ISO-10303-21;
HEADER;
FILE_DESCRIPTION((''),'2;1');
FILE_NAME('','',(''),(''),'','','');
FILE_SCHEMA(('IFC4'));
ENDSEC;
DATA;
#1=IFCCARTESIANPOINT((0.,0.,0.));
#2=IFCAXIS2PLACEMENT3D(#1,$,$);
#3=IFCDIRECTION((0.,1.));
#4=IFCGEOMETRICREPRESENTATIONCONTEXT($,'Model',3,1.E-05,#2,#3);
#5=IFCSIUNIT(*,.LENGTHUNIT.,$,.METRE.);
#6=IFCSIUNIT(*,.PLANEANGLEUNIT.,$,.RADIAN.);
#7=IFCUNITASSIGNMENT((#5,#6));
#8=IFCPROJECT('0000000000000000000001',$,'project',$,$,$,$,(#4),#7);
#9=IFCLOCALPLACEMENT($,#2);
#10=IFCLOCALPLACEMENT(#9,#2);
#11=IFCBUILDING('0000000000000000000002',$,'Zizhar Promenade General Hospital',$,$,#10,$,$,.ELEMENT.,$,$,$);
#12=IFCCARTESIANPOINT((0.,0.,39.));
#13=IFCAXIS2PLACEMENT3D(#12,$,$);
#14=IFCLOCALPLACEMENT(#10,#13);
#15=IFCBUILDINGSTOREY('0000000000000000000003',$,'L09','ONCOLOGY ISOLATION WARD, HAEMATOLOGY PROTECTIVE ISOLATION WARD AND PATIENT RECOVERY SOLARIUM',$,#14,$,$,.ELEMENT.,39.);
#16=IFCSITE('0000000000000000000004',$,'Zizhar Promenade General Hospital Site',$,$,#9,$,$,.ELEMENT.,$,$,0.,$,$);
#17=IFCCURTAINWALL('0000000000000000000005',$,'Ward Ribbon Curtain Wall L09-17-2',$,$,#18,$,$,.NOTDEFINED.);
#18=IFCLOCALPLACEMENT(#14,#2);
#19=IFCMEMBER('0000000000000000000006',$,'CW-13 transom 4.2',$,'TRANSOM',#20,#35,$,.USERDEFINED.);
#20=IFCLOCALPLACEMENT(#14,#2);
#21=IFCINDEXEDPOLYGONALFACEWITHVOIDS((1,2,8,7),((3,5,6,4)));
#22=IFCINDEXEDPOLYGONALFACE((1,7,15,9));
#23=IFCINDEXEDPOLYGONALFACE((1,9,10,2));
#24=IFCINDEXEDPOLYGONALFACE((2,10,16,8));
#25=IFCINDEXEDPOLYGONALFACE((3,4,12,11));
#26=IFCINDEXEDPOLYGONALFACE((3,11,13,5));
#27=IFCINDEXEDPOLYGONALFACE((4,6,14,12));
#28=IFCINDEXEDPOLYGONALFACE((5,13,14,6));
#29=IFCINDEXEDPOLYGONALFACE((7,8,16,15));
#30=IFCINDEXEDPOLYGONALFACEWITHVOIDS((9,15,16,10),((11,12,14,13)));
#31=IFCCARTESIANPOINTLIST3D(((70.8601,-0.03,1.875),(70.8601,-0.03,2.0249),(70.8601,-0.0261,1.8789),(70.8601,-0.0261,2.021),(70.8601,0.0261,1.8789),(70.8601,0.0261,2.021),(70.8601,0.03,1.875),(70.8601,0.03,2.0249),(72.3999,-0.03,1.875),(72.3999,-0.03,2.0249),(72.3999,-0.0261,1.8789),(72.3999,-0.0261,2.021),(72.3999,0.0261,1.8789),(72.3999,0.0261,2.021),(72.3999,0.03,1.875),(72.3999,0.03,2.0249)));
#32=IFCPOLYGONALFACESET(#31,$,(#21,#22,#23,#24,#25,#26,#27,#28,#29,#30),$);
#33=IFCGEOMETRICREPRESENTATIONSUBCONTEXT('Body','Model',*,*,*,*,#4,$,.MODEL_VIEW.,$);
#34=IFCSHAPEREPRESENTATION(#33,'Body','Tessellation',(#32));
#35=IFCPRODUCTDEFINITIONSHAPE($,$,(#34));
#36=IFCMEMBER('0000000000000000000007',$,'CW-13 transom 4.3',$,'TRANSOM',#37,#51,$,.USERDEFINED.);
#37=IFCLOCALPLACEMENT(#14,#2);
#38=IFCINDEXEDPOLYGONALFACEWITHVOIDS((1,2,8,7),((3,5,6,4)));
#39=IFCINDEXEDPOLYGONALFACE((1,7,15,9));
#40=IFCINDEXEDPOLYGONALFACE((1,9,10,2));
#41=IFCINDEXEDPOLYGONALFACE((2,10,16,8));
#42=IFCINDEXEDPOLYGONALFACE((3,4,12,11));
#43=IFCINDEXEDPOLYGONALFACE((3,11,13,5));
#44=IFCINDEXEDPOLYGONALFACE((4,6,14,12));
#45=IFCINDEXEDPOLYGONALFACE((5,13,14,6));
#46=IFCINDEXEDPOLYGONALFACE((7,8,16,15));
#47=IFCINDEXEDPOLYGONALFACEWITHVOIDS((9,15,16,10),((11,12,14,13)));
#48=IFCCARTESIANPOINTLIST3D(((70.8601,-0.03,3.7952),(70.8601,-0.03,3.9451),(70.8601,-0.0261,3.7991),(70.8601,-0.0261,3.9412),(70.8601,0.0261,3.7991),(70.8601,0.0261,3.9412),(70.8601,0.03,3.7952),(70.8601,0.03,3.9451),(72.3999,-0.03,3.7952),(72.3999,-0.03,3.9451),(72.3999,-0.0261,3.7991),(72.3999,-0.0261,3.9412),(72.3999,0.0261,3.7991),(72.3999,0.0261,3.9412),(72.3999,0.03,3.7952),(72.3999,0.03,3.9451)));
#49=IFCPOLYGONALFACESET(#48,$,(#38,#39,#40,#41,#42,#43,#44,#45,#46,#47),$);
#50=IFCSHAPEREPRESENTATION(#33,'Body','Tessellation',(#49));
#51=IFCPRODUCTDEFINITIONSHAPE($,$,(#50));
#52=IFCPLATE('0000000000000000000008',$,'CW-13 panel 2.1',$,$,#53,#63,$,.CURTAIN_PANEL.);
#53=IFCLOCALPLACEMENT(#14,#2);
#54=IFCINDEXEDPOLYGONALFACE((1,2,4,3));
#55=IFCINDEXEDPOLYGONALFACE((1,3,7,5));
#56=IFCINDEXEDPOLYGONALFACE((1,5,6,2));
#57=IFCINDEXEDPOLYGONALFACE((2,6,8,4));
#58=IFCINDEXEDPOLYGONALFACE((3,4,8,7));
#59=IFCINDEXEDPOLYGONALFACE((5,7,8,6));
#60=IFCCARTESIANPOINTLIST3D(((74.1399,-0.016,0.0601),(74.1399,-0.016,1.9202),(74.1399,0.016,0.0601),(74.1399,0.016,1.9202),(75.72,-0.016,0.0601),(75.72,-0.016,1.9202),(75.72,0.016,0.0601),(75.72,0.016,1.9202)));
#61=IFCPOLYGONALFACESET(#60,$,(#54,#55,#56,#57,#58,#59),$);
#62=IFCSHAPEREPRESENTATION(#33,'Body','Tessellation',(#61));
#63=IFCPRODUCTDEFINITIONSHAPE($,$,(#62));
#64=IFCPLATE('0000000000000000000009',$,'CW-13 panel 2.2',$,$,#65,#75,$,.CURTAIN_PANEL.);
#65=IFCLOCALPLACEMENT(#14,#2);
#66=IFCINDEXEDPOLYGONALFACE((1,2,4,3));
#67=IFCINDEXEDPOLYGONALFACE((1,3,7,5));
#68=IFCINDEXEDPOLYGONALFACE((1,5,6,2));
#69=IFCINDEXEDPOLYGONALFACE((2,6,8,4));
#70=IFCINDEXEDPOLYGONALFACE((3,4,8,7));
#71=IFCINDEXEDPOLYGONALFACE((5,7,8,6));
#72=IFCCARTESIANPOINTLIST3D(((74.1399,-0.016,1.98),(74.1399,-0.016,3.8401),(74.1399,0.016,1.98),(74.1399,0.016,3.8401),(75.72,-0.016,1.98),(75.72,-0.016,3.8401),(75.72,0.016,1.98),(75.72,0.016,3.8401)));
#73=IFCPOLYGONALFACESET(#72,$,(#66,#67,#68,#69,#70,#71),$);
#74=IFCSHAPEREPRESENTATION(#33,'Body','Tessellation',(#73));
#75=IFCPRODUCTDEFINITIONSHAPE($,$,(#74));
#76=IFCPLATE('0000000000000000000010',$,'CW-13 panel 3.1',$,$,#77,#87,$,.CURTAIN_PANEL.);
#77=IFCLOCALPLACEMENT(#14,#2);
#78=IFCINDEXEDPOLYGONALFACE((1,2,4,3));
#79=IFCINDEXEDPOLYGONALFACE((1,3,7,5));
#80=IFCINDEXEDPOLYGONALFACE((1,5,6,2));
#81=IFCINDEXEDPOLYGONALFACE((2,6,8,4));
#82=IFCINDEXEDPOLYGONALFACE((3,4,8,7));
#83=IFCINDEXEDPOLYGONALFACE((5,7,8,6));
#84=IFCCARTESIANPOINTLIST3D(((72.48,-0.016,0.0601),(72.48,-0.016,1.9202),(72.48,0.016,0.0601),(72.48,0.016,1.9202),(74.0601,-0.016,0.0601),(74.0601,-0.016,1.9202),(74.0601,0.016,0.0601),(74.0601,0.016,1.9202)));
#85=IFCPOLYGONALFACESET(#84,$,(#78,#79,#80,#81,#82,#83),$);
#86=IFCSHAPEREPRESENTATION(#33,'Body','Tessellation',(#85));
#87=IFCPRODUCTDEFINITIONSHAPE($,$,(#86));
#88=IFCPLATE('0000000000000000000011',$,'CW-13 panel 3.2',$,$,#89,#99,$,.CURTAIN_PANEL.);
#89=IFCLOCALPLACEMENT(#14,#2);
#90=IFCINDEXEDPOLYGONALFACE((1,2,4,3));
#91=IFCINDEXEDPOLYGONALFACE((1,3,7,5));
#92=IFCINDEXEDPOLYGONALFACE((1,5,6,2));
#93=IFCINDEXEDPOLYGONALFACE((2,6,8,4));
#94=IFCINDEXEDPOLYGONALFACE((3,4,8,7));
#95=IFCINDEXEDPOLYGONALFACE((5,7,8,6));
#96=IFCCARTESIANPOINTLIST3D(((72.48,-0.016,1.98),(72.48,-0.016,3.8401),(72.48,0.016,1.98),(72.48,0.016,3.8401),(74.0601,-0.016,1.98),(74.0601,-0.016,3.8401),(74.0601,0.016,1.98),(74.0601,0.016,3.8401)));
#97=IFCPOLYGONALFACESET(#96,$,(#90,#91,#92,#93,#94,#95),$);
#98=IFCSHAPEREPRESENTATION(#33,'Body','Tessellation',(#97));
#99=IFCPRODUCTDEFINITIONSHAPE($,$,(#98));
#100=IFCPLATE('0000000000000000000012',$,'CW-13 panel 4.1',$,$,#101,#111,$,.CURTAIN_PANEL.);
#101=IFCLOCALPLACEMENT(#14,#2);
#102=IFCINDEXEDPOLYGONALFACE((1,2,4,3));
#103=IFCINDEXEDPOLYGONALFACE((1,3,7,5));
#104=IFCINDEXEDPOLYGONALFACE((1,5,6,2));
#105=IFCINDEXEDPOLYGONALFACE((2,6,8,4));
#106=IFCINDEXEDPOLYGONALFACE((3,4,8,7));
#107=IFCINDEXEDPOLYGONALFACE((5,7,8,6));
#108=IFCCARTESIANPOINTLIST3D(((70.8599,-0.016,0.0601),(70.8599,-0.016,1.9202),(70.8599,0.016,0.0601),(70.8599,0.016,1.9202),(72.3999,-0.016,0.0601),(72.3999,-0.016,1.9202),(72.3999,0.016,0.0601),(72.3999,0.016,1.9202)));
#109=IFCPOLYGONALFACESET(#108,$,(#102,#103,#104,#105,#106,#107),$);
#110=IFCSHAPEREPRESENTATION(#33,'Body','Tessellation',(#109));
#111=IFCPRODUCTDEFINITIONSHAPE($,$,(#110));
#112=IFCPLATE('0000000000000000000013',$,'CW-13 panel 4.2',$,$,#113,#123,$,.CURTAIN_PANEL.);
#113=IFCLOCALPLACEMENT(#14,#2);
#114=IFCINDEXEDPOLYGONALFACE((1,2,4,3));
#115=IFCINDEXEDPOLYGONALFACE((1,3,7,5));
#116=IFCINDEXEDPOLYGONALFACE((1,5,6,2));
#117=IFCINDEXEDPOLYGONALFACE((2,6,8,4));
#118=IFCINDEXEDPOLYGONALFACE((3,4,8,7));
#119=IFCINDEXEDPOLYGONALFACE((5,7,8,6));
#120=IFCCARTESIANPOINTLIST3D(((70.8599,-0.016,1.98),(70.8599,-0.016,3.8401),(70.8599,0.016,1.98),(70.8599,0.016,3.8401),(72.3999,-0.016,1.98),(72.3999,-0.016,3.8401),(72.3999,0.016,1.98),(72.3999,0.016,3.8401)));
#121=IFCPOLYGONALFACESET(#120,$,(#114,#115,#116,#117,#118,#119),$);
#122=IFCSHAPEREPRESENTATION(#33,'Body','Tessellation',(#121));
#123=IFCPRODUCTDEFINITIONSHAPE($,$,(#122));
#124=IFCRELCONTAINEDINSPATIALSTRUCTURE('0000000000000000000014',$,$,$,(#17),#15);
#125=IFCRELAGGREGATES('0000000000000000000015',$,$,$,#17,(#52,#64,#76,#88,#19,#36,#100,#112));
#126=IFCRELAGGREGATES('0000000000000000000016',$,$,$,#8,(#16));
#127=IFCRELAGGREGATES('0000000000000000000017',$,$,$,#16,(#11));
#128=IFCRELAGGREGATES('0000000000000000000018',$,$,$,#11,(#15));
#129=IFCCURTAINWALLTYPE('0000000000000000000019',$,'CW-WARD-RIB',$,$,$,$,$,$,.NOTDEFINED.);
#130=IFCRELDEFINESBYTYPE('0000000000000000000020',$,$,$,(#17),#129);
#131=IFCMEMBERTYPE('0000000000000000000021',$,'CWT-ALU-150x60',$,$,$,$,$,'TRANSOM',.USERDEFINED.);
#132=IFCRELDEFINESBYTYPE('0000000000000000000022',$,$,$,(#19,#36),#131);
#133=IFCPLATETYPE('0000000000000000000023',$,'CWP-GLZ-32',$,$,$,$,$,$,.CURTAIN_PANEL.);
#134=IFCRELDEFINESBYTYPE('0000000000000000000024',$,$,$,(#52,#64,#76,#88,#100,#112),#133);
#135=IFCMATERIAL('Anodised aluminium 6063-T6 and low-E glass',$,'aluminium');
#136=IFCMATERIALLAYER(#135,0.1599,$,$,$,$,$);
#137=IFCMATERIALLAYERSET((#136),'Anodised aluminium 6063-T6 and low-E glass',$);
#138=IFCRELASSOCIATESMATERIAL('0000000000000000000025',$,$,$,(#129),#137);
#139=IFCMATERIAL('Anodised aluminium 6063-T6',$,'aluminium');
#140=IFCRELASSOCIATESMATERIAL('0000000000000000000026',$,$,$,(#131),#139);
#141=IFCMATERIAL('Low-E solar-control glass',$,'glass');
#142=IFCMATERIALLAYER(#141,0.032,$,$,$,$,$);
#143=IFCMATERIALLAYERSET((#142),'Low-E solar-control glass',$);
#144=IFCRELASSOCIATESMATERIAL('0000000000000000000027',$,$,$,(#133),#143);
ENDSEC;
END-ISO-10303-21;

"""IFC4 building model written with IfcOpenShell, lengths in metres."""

from ifc_helpers import new_model, si_unit, direction, frame, origin, origin_2d, place, context, subcontext, project, spatial, rectangle, hollow_rectangle, extrude, material, layer, layer_set, material_profile, profile_set, type_object, element, aggregate, save


model = new_model("IFC4")

# Units and contexts
model_context = context("Model", 3, precision=1e-05, world=origin(), true_north=direction((0.0, 1.0)))
body_context = subcontext(model_context, "Body", "Model", "MODEL_VIEW")
ifc_project = project(units=[si_unit("LENGTHUNIT", "METRE"), si_unit("PLANEANGLEUNIT", "RADIAN")], contexts=[model_context])

# Site, building, storey
site_placement = place(None, origin())
site = spatial("IfcSite", under=ifc_project, at=site_placement, Name="Zizhar Promenade General Hospital Site", CompositionType="ELEMENT", RefElevation=0.0)
building_placement = place(site_placement, origin())
building = spatial("IfcBuilding", under=site, at=building_placement, Name="Zizhar Promenade General Hospital", CompositionType="ELEMENT")
storey_placement = place(building_placement, frame((0.0, 0.0, 39.0)))
storey = spatial("IfcBuildingStorey", under=building, at=storey_placement, Name="L09", Description="ONCOLOGY ISOLATION WARD, HAEMATOLOGY PROTECTIVE ISOLATION WARD AND PATIENT RECOVERY SOLARIUM", CompositionType="ELEMENT", Elevation=39.0)

# Curtain wall, members, plates
ifc_material_1 = material(Name="Anodised aluminium 6063-T6 and low-E glass", Category="aluminium")
ifc_layer_1 = layer(ifc_material_1, 0.1599)
ifc_layer_set_1 = layer_set([ifc_layer_1], Name="Anodised aluminium 6063-T6 and low-E glass")
curtain_wall_type = type_object("IfcCurtainWallType", Name="CW-WARD-RIB", PredefinedType="NOTDEFINED", material=ifc_layer_set_1)
curtain_wall_placement = place(storey_placement, origin())
curtain_wall = element("IfcCurtainWall", 1, at=curtain_wall_placement, inside=storey, type_object=curtain_wall_type, Name="Ward Ribbon Curtain Wall L09-17-2", PredefinedType="NOTDEFINED")
ifc_material_2 = material(Name="Anodised aluminium 6063-T6", Category="aluminium")
ifc_material_profile_1 = material_profile(ifc_material_2, hollow_rectangle(XDim=0.0601, YDim=0.1499, WallThickness=0.0039, at=origin_2d()))
ifc_profile_set_1 = profile_set([ifc_material_profile_1], Name="Anodised aluminium 6063-T6")
member_type_1 = type_object("IfcMemberType", Name="CWT-ALU-150x60", ElementType="TRANSOM", PredefinedType="USERDEFINED", material=ifc_profile_set_1)
member_1_placement = place(storey_placement, frame((72.3999, 0.0, 1.95), z_axis=(-1.0, 0.0, 0.0), x_axis=(0.0, -1.0, 0.0)))
member_1 = element("IfcMember", 2, at=member_1_placement, type_object=member_type_1, Name="CW-13 transom 4.2", ObjectType="TRANSOM", PredefinedType="USERDEFINED", context=body_context, shape_type="SweptSolid", body=[
    extrude(hollow_rectangle(XDim=0.0601, YDim=0.1499, WallThickness=0.0039, at=origin_2d()), origin(), (0.0, 0.0, 1.0), 1.5398),
])
member_2_placement = place(storey_placement, frame((72.3999, 0.0, 3.8701), z_axis=(-1.0, 0.0, 0.0), x_axis=(0.0, -1.0, 0.0)))
member_2 = element("IfcMember", 3, at=member_2_placement, type_object=member_type_1, Name="CW-13 transom 4.3", ObjectType="TRANSOM", PredefinedType="USERDEFINED", context=body_context, shape_type="SweptSolid", body=[
    extrude(hollow_rectangle(XDim=0.0601, YDim=0.1499, WallThickness=0.0039, at=origin_2d()), origin(), (0.0, 0.0, 1.0), 1.5398),
])
ifc_material_3 = material(Name="Low-E solar-control glass", Category="glass")
ifc_layer_2 = layer(ifc_material_3, 0.032)
ifc_layer_set_2 = layer_set([ifc_layer_2], Name="Low-E solar-control glass")
plate_type = type_object("IfcPlateType", Name="CWP-GLZ-32", PredefinedType="CURTAIN_PANEL", material=ifc_layer_set_2)
plate_1_placement = place(storey_placement, frame((74.9299, 0.0, 0.0601), z_axis=(0.0, 0.0, 1.0), x_axis=(-1.0, 0.0, 0.0)))
plate_1 = element("IfcPlate", 4, at=plate_1_placement, type_object=plate_type, Name="CW-13 panel 2.1", PredefinedType="CURTAIN_PANEL", context=body_context, shape_type="SweptSolid", body=[
    extrude(rectangle(XDim=1.5801, YDim=0.032, at=origin_2d()), origin(), (0.0, 0.0, 1.0), 1.8601),
])
plate_2_placement = place(storey_placement, frame((74.9299, 0.0, 1.98), z_axis=(0.0, 0.0, 1.0), x_axis=(-1.0, 0.0, 0.0)))
plate_2 = element("IfcPlate", 5, at=plate_2_placement, type_object=plate_type, Name="CW-13 panel 2.2", PredefinedType="CURTAIN_PANEL", context=body_context, shape_type="SweptSolid", body=[
    extrude(rectangle(XDim=1.5801, YDim=0.032, at=origin_2d()), origin(), (0.0, 0.0, 1.0), 1.8601),
])
plate_3_placement = place(storey_placement, frame((73.27, 0.0, 0.0601), z_axis=(0.0, 0.0, 1.0), x_axis=(-1.0, 0.0, 0.0)))
plate_3 = element("IfcPlate", 6, at=plate_3_placement, type_object=plate_type, Name="CW-13 panel 3.1", PredefinedType="CURTAIN_PANEL", context=body_context, shape_type="SweptSolid", body=[
    extrude(rectangle(XDim=1.5801, YDim=0.032, at=origin_2d()), origin(), (0.0, 0.0, 1.0), 1.8601),
])
plate_4_placement = place(storey_placement, frame((73.27, 0.0, 1.98), z_axis=(0.0, 0.0, 1.0), x_axis=(-1.0, 0.0, 0.0)))
plate_4 = element("IfcPlate", 7, at=plate_4_placement, type_object=plate_type, Name="CW-13 panel 3.2", PredefinedType="CURTAIN_PANEL", context=body_context, shape_type="SweptSolid", body=[
    extrude(rectangle(XDim=1.5801, YDim=0.032, at=origin_2d()), origin(), (0.0, 0.0, 1.0), 1.8601),
])
plate_5_placement = place(storey_placement, frame((71.6299, 0.0, 0.0601), z_axis=(0.0, 0.0, 1.0), x_axis=(-1.0, 0.0, 0.0)))
plate_5 = element("IfcPlate", 8, at=plate_5_placement, type_object=plate_type, Name="CW-13 panel 4.1", PredefinedType="CURTAIN_PANEL", context=body_context, shape_type="SweptSolid", body=[
    extrude(rectangle(XDim=1.54, YDim=0.032, at=origin_2d()), origin(), (0.0, 0.0, 1.0), 1.8601),
])
plate_6_placement = place(storey_placement, frame((71.6299, 0.0, 1.98), z_axis=(0.0, 0.0, 1.0), x_axis=(-1.0, 0.0, 0.0)))
plate_6 = element("IfcPlate", 9, at=plate_6_placement, type_object=plate_type, Name="CW-13 panel 4.2", PredefinedType="CURTAIN_PANEL", context=body_context, shape_type="SweptSolid", body=[
    extrude(rectangle(XDim=1.54, YDim=0.032, at=origin_2d()), origin(), (0.0, 0.0, 1.0), 1.8601),
])
aggregate(curtain_wall, [plate_1, plate_2, plate_3, plate_4, member_1, member_2, plate_5, plate_6])

save(model, "model.ifc")
